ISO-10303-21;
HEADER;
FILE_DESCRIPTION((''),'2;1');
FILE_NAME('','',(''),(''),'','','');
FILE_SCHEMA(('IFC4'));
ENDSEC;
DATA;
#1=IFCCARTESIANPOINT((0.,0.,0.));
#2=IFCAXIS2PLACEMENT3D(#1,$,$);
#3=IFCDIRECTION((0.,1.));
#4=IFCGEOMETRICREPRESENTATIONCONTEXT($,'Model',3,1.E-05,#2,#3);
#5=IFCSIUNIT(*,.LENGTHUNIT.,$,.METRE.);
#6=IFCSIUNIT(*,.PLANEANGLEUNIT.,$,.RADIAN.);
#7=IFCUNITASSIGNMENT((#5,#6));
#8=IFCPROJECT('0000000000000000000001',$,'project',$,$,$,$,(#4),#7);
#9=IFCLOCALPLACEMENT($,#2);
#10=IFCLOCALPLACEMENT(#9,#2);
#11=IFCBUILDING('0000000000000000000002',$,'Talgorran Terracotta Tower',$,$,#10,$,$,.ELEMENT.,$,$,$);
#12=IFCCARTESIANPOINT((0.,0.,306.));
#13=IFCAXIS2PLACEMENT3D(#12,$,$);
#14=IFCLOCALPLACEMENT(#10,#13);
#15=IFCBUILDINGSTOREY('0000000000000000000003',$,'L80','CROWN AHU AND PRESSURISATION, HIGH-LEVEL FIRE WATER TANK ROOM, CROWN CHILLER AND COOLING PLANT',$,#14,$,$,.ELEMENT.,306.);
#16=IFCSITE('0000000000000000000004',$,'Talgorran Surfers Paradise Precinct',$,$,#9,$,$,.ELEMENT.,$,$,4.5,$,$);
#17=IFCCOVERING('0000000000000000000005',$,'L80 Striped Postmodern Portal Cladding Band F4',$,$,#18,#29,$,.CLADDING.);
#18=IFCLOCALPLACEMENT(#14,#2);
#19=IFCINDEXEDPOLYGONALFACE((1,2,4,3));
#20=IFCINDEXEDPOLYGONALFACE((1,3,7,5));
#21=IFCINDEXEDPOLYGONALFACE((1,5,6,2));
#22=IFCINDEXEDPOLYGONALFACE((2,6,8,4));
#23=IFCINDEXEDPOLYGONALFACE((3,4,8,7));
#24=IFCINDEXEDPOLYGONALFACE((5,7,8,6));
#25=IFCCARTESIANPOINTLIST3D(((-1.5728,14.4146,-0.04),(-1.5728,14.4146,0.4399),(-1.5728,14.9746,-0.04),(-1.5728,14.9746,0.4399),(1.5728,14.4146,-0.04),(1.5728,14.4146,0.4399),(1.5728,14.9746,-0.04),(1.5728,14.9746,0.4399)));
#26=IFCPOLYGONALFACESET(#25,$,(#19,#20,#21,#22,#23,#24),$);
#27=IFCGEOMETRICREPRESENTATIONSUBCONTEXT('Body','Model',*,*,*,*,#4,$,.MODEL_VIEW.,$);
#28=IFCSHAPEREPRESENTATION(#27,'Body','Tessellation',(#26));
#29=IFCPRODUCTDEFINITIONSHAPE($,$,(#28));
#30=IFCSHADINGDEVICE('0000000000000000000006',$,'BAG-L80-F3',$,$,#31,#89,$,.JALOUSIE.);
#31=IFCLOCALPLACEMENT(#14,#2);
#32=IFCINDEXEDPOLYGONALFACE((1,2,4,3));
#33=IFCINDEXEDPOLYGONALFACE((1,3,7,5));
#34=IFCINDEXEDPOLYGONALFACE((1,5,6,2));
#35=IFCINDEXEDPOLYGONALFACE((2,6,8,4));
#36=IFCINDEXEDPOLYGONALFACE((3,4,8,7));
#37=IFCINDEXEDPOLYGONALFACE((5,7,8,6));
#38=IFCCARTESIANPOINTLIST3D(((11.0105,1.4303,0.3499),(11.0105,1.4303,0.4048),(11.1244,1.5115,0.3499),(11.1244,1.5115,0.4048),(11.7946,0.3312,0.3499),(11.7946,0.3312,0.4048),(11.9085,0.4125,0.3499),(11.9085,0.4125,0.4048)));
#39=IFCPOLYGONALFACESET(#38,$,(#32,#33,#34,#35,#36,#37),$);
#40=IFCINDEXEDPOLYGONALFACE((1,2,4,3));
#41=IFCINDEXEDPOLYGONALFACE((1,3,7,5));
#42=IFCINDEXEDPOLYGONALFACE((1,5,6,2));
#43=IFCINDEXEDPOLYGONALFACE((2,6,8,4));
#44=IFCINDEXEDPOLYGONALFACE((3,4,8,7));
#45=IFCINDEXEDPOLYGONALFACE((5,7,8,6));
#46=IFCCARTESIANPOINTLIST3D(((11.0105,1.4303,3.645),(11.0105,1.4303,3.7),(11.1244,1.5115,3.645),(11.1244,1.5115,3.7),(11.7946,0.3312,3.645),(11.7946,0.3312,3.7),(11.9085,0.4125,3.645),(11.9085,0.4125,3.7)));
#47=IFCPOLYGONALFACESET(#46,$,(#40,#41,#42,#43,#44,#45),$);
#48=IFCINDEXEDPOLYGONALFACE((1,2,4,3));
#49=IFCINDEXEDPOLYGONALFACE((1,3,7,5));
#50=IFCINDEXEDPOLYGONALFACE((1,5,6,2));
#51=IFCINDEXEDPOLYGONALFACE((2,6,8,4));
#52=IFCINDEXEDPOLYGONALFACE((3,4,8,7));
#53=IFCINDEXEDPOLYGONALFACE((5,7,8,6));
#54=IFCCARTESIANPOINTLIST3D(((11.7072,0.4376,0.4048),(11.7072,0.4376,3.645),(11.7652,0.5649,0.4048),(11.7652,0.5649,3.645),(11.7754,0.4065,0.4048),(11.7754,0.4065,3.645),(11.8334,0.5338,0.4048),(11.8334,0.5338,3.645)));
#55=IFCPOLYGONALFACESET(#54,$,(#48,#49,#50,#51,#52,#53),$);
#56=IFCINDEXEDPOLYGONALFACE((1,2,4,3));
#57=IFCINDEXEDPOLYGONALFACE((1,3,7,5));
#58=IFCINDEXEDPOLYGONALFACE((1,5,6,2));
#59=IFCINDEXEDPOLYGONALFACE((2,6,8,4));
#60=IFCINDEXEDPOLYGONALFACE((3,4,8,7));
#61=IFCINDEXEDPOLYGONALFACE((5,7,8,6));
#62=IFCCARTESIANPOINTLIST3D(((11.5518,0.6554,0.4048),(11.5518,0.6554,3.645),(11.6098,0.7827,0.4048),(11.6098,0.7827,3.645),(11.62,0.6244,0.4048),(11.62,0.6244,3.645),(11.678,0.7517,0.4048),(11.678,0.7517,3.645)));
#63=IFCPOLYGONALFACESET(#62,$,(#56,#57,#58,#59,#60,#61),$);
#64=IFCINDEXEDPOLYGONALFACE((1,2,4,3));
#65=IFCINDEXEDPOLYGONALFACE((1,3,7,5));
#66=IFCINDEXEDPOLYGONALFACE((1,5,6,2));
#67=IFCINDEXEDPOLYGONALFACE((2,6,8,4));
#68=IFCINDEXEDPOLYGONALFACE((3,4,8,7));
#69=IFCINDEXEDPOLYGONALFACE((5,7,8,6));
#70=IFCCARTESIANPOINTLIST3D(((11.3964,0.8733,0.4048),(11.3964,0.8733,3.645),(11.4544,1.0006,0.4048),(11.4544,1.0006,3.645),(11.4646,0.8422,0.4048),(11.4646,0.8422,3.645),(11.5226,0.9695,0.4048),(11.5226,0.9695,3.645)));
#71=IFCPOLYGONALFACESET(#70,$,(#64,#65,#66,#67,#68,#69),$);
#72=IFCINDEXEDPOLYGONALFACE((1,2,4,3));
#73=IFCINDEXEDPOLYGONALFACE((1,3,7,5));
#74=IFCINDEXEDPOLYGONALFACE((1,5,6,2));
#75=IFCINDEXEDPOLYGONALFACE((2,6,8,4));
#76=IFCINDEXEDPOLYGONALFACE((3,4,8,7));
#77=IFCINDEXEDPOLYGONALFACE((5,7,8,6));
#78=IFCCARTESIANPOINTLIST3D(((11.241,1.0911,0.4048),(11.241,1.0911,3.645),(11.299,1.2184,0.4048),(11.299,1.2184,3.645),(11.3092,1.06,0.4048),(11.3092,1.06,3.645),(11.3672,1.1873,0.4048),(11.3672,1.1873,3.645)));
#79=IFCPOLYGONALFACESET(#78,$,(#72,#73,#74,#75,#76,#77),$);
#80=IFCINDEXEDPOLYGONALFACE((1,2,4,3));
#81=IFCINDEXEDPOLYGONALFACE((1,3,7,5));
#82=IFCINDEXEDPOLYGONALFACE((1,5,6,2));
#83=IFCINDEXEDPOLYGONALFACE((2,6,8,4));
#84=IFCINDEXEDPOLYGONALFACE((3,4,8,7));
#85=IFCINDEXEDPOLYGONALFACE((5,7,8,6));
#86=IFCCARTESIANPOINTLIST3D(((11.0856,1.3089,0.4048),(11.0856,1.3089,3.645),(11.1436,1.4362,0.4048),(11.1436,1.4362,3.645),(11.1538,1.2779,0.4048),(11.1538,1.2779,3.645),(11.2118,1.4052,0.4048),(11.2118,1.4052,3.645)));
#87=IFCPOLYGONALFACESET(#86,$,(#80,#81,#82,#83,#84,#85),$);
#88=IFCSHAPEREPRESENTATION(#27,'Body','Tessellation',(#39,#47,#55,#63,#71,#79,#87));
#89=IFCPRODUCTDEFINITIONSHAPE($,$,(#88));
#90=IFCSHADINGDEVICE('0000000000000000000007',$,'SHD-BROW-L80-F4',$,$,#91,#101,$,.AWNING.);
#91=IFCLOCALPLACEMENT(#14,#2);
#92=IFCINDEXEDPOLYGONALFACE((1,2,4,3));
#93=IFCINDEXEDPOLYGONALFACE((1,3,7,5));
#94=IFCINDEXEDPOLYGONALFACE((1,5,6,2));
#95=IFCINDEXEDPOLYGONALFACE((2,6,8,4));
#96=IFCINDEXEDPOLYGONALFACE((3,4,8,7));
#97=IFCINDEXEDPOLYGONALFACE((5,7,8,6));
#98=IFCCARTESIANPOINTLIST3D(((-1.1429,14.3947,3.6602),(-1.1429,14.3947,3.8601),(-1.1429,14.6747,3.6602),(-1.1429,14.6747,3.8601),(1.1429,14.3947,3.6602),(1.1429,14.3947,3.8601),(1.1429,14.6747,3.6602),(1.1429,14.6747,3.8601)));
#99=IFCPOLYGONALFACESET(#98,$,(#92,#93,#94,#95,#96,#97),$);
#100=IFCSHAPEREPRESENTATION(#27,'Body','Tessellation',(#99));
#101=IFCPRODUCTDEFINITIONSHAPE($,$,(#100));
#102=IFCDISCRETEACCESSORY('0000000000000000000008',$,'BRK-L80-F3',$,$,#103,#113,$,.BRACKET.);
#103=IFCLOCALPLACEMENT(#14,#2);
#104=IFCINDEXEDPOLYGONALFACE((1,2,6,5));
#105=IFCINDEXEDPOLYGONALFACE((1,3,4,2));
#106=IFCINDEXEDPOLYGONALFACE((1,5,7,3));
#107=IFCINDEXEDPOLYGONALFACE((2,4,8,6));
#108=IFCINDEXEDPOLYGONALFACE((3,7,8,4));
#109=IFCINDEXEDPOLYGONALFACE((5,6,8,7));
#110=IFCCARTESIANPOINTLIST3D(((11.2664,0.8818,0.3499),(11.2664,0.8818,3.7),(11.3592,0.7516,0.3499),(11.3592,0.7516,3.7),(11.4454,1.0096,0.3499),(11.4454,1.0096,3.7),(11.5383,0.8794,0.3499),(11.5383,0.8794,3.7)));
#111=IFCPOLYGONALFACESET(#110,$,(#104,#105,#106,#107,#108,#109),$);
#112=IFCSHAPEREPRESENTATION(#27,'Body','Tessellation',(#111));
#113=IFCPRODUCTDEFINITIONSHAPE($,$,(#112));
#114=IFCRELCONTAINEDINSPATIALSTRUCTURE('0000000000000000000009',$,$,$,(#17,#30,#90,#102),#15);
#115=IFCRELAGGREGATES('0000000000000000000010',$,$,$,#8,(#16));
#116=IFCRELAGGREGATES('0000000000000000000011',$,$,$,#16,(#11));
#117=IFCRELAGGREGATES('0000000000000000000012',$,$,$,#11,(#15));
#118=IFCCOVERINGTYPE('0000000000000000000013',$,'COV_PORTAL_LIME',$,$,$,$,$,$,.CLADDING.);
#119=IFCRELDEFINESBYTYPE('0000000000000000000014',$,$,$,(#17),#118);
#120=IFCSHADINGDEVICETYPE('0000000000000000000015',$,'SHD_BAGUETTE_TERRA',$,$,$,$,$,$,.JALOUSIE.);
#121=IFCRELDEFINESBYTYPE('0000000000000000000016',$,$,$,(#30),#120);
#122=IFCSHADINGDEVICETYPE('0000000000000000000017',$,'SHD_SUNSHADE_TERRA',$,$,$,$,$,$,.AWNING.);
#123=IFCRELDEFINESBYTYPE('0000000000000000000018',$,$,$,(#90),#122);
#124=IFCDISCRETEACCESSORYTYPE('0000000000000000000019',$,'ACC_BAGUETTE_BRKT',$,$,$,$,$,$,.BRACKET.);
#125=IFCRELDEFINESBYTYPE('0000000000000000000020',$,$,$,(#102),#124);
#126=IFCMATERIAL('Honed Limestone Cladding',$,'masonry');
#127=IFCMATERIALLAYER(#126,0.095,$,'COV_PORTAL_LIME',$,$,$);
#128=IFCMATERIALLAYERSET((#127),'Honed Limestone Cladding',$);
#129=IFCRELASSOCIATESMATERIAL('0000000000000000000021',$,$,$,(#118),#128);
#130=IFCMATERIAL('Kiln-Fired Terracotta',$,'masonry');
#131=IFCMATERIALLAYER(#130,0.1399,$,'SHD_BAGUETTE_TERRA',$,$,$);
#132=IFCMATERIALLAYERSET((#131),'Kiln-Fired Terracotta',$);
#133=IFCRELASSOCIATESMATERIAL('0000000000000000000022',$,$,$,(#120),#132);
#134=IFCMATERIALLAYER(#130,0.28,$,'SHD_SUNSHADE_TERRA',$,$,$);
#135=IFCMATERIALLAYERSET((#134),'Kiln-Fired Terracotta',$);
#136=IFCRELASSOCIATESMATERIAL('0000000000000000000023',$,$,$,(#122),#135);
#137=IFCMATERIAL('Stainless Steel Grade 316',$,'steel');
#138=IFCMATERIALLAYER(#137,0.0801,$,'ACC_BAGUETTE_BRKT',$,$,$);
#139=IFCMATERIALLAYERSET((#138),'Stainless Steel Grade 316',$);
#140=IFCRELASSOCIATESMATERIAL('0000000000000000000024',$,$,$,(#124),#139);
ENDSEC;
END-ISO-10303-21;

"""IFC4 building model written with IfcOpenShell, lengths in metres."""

from ifc_helpers import new_model, si_unit, direction, frame, origin, origin_2d, place, context, subcontext, project, spatial, rectangle, extrude, source, transform, mapped, material, layer, layer_set, type_object, type_shapes, element, save


model = new_model("IFC4")

# Units and contexts
model_context = context("Model", 3, precision=1e-05, world=origin(), true_north=direction((0.0, 1.0)))
body_context = subcontext(model_context, "Body", "Model", "MODEL_VIEW")
ifc_project = project(units=[si_unit("LENGTHUNIT", "METRE"), si_unit("PLANEANGLEUNIT", "RADIAN")], contexts=[model_context])

# Site, building, storey
site_placement = place(None, origin())
site = spatial("IfcSite", under=ifc_project, at=site_placement, Name="Talgorran Surfers Paradise Precinct", CompositionType="ELEMENT", RefElevation=4.5)
building_placement = place(site_placement, origin())
building = spatial("IfcBuilding", under=site, at=building_placement, Name="Talgorran Terracotta Tower", CompositionType="ELEMENT")
storey_placement = place(building_placement, frame((0.0, 0.0, 306.0)))
storey = spatial("IfcBuildingStorey", under=building, at=storey_placement, Name="L80", Description="CROWN AHU AND PRESSURISATION, HIGH-LEVEL FIRE WATER TANK ROOM, CROWN CHILLER AND COOLING PLANT", CompositionType="ELEMENT", Elevation=306.0)

# Covering
ifc_material_1 = material(Name="Honed Limestone Cladding", Category="masonry")
ifc_layer_1 = layer(ifc_material_1, 0.095, Name="COV_PORTAL_LIME")
ifc_layer_set_1 = layer_set([ifc_layer_1], Name="Honed Limestone Cladding")
covering_type_1 = type_object("IfcCoveringType", Name="COV_PORTAL_LIME", PredefinedType="CLADDING", material=ifc_layer_set_1)
covering_1_placement = place(storey_placement, frame((0.0, 14.6946, -0.04), z_axis=(0.0, 0.0, 1.0), x_axis=(-1.0, 0.0, 0.0)))
element("IfcCovering", 1, at=covering_1_placement, inside=storey, type_object=covering_type_1, Name="L80 Striped Postmodern Portal Cladding Band F4", PredefinedType="CLADDING", context=body_context, shape_type="SweptSolid", body=[
    extrude(rectangle(XDim=3.1455, YDim=0.5601, at=origin_2d()), origin(), (0.0, 0.0, 1.0), 0.48),
])

# Shading devices
ifc_material_2 = material(Name="Kiln-Fired Terracotta", Category="masonry")
ifc_layer_2 = layer(ifc_material_2, 0.1399, Name="SHD_BAGUETTE_TERRA")
ifc_layer_set_2 = layer_set([ifc_layer_2], Name="Kiln-Fired Terracotta")
shading_device_type_1 = type_object("IfcShadingDeviceType", Name="SHD_BAGUETTE_TERRA", PredefinedType="JALOUSIE", material=ifc_layer_set_2)
shared_shape_1 = source(origin(), body_context, "Body", "SweptSolid", [
    extrude(rectangle(XDim=1.3501, YDim=0.1399, at=origin_2d()), origin(), (0.0, 0.0, 1.0), 0.0549),
    extrude(rectangle(XDim=1.3501, YDim=0.1399, at=origin_2d()), frame((0.0, 0.0, 3.2952)), (0.0, 0.0, 1.0), 0.0549),
    extrude(rectangle(XDim=0.075, YDim=0.1399, at=origin_2d()), frame((-0.5352, 0.0, 0.0549), z_axis=(0.0, 0.0, 1.0), x_axis=(0.866025, 0.5, 0.0)), (0.0, 0.0, 1.0), 3.2402),
    extrude(rectangle(XDim=0.075, YDim=0.1399, at=origin_2d()), frame((-0.2676, 0.0, 0.0549), z_axis=(0.0, 0.0, 1.0), x_axis=(0.866025, 0.5, 0.0)), (0.0, 0.0, 1.0), 3.2402),
    extrude(rectangle(XDim=0.075, YDim=0.1399, at=origin_2d()), frame((0.0, 0.0, 0.0549), z_axis=(0.0, 0.0, 1.0), x_axis=(0.866025, 0.5, 0.0)), (0.0, 0.0, 1.0), 3.2402),
    extrude(rectangle(XDim=0.075, YDim=0.1399, at=origin_2d()), frame((0.2676, 0.0, 0.0549), z_axis=(0.0, 0.0, 1.0), x_axis=(0.866025, 0.5, 0.0)), (0.0, 0.0, 1.0), 3.2402),
    extrude(rectangle(XDim=0.075, YDim=0.1399, at=origin_2d()), frame((0.5352, 0.0, 0.0549), z_axis=(0.0, 0.0, 1.0), x_axis=(0.866025, 0.5, 0.0)), (0.0, 0.0, 1.0), 3.2402),
])
type_shapes(shading_device_type_1, [shared_shape_1])
shading_device_1_placement = place(storey_placement, frame((11.4595, 0.9214, 0.3499), z_axis=(0.0, 0.0, 1.0), x_axis=(-0.58076, 0.814075, 0.0)))
element("IfcShadingDevice", 2, at=shading_device_1_placement, inside=storey, type_object=shading_device_type_1, Name="BAG-L80-F3", PredefinedType="JALOUSIE", context=body_context, shape_type="MappedRepresentation", body=[
    mapped(shared_shape_1, transform((0.0, 0.0, 0.0), scale=1.0)),
])
ifc_layer_3 = layer(ifc_material_2, 0.28, Name="SHD_SUNSHADE_TERRA")
ifc_layer_set_3 = layer_set([ifc_layer_3], Name="Kiln-Fired Terracotta")
shading_device_type_2 = type_object("IfcShadingDeviceType", Name="SHD_SUNSHADE_TERRA", PredefinedType="AWNING", material=ifc_layer_set_3)
shared_shape_2 = source(origin(), body_context, "Body", "SweptSolid", [
    extrude(rectangle(XDim=2.2859, YDim=0.28, at=origin_2d()), origin(), (0.0, 0.0, 1.0), 0.2),
])
type_shapes(shading_device_type_2, [shared_shape_2])
shading_device_2_placement = place(storey_placement, frame((0.0, 14.5347, 3.6602), z_axis=(0.0, 0.0, 1.0), x_axis=(-1.0, 0.0, 0.0)))
element("IfcShadingDevice", 3, at=shading_device_2_placement, inside=storey, type_object=shading_device_type_2, Name="SHD-BROW-L80-F4", PredefinedType="AWNING", context=body_context, shape_type="MappedRepresentation", body=[
    mapped(shared_shape_2, transform((0.0, 0.0, 0.0), scale=1.0)),
])

# Discrete accessory
ifc_material_3 = material(Name="Stainless Steel Grade 316", Category="steel")
ifc_layer_4 = layer(ifc_material_3, 0.0801, Name="ACC_BAGUETTE_BRKT")
ifc_layer_set_4 = layer_set([ifc_layer_4], Name="Stainless Steel Grade 316")
discrete_accessory_type = type_object("IfcDiscreteAccessoryType", Name="ACC_BAGUETTE_BRKT", PredefinedType="BRACKET", material=ifc_layer_set_4)
shared_shape_3 = source(origin(), body_context, "Body", "SweptSolid", [
    extrude(rectangle(XDim=0.1599, YDim=0.22, at=origin_2d()), origin(), (0.0, 0.0, 1.0), 3.3501),
])
type_shapes(discrete_accessory_type, [shared_shape_3])
discrete_accessory_placement = place(storey_placement, frame((11.4023, 0.8806, 0.3499), z_axis=(0.0, 0.0, 1.0), x_axis=(-0.58076, 0.814075, 0.0)))
element("IfcDiscreteAccessory", 4, at=discrete_accessory_placement, inside=storey, type_object=discrete_accessory_type, Name="BRK-L80-F3", PredefinedType="BRACKET", context=body_context, shape_type="MappedRepresentation", body=[
    mapped(shared_shape_3, transform((0.0, 0.0, 0.0), scale=1.0)),
])

save(model, "model.ifc")
